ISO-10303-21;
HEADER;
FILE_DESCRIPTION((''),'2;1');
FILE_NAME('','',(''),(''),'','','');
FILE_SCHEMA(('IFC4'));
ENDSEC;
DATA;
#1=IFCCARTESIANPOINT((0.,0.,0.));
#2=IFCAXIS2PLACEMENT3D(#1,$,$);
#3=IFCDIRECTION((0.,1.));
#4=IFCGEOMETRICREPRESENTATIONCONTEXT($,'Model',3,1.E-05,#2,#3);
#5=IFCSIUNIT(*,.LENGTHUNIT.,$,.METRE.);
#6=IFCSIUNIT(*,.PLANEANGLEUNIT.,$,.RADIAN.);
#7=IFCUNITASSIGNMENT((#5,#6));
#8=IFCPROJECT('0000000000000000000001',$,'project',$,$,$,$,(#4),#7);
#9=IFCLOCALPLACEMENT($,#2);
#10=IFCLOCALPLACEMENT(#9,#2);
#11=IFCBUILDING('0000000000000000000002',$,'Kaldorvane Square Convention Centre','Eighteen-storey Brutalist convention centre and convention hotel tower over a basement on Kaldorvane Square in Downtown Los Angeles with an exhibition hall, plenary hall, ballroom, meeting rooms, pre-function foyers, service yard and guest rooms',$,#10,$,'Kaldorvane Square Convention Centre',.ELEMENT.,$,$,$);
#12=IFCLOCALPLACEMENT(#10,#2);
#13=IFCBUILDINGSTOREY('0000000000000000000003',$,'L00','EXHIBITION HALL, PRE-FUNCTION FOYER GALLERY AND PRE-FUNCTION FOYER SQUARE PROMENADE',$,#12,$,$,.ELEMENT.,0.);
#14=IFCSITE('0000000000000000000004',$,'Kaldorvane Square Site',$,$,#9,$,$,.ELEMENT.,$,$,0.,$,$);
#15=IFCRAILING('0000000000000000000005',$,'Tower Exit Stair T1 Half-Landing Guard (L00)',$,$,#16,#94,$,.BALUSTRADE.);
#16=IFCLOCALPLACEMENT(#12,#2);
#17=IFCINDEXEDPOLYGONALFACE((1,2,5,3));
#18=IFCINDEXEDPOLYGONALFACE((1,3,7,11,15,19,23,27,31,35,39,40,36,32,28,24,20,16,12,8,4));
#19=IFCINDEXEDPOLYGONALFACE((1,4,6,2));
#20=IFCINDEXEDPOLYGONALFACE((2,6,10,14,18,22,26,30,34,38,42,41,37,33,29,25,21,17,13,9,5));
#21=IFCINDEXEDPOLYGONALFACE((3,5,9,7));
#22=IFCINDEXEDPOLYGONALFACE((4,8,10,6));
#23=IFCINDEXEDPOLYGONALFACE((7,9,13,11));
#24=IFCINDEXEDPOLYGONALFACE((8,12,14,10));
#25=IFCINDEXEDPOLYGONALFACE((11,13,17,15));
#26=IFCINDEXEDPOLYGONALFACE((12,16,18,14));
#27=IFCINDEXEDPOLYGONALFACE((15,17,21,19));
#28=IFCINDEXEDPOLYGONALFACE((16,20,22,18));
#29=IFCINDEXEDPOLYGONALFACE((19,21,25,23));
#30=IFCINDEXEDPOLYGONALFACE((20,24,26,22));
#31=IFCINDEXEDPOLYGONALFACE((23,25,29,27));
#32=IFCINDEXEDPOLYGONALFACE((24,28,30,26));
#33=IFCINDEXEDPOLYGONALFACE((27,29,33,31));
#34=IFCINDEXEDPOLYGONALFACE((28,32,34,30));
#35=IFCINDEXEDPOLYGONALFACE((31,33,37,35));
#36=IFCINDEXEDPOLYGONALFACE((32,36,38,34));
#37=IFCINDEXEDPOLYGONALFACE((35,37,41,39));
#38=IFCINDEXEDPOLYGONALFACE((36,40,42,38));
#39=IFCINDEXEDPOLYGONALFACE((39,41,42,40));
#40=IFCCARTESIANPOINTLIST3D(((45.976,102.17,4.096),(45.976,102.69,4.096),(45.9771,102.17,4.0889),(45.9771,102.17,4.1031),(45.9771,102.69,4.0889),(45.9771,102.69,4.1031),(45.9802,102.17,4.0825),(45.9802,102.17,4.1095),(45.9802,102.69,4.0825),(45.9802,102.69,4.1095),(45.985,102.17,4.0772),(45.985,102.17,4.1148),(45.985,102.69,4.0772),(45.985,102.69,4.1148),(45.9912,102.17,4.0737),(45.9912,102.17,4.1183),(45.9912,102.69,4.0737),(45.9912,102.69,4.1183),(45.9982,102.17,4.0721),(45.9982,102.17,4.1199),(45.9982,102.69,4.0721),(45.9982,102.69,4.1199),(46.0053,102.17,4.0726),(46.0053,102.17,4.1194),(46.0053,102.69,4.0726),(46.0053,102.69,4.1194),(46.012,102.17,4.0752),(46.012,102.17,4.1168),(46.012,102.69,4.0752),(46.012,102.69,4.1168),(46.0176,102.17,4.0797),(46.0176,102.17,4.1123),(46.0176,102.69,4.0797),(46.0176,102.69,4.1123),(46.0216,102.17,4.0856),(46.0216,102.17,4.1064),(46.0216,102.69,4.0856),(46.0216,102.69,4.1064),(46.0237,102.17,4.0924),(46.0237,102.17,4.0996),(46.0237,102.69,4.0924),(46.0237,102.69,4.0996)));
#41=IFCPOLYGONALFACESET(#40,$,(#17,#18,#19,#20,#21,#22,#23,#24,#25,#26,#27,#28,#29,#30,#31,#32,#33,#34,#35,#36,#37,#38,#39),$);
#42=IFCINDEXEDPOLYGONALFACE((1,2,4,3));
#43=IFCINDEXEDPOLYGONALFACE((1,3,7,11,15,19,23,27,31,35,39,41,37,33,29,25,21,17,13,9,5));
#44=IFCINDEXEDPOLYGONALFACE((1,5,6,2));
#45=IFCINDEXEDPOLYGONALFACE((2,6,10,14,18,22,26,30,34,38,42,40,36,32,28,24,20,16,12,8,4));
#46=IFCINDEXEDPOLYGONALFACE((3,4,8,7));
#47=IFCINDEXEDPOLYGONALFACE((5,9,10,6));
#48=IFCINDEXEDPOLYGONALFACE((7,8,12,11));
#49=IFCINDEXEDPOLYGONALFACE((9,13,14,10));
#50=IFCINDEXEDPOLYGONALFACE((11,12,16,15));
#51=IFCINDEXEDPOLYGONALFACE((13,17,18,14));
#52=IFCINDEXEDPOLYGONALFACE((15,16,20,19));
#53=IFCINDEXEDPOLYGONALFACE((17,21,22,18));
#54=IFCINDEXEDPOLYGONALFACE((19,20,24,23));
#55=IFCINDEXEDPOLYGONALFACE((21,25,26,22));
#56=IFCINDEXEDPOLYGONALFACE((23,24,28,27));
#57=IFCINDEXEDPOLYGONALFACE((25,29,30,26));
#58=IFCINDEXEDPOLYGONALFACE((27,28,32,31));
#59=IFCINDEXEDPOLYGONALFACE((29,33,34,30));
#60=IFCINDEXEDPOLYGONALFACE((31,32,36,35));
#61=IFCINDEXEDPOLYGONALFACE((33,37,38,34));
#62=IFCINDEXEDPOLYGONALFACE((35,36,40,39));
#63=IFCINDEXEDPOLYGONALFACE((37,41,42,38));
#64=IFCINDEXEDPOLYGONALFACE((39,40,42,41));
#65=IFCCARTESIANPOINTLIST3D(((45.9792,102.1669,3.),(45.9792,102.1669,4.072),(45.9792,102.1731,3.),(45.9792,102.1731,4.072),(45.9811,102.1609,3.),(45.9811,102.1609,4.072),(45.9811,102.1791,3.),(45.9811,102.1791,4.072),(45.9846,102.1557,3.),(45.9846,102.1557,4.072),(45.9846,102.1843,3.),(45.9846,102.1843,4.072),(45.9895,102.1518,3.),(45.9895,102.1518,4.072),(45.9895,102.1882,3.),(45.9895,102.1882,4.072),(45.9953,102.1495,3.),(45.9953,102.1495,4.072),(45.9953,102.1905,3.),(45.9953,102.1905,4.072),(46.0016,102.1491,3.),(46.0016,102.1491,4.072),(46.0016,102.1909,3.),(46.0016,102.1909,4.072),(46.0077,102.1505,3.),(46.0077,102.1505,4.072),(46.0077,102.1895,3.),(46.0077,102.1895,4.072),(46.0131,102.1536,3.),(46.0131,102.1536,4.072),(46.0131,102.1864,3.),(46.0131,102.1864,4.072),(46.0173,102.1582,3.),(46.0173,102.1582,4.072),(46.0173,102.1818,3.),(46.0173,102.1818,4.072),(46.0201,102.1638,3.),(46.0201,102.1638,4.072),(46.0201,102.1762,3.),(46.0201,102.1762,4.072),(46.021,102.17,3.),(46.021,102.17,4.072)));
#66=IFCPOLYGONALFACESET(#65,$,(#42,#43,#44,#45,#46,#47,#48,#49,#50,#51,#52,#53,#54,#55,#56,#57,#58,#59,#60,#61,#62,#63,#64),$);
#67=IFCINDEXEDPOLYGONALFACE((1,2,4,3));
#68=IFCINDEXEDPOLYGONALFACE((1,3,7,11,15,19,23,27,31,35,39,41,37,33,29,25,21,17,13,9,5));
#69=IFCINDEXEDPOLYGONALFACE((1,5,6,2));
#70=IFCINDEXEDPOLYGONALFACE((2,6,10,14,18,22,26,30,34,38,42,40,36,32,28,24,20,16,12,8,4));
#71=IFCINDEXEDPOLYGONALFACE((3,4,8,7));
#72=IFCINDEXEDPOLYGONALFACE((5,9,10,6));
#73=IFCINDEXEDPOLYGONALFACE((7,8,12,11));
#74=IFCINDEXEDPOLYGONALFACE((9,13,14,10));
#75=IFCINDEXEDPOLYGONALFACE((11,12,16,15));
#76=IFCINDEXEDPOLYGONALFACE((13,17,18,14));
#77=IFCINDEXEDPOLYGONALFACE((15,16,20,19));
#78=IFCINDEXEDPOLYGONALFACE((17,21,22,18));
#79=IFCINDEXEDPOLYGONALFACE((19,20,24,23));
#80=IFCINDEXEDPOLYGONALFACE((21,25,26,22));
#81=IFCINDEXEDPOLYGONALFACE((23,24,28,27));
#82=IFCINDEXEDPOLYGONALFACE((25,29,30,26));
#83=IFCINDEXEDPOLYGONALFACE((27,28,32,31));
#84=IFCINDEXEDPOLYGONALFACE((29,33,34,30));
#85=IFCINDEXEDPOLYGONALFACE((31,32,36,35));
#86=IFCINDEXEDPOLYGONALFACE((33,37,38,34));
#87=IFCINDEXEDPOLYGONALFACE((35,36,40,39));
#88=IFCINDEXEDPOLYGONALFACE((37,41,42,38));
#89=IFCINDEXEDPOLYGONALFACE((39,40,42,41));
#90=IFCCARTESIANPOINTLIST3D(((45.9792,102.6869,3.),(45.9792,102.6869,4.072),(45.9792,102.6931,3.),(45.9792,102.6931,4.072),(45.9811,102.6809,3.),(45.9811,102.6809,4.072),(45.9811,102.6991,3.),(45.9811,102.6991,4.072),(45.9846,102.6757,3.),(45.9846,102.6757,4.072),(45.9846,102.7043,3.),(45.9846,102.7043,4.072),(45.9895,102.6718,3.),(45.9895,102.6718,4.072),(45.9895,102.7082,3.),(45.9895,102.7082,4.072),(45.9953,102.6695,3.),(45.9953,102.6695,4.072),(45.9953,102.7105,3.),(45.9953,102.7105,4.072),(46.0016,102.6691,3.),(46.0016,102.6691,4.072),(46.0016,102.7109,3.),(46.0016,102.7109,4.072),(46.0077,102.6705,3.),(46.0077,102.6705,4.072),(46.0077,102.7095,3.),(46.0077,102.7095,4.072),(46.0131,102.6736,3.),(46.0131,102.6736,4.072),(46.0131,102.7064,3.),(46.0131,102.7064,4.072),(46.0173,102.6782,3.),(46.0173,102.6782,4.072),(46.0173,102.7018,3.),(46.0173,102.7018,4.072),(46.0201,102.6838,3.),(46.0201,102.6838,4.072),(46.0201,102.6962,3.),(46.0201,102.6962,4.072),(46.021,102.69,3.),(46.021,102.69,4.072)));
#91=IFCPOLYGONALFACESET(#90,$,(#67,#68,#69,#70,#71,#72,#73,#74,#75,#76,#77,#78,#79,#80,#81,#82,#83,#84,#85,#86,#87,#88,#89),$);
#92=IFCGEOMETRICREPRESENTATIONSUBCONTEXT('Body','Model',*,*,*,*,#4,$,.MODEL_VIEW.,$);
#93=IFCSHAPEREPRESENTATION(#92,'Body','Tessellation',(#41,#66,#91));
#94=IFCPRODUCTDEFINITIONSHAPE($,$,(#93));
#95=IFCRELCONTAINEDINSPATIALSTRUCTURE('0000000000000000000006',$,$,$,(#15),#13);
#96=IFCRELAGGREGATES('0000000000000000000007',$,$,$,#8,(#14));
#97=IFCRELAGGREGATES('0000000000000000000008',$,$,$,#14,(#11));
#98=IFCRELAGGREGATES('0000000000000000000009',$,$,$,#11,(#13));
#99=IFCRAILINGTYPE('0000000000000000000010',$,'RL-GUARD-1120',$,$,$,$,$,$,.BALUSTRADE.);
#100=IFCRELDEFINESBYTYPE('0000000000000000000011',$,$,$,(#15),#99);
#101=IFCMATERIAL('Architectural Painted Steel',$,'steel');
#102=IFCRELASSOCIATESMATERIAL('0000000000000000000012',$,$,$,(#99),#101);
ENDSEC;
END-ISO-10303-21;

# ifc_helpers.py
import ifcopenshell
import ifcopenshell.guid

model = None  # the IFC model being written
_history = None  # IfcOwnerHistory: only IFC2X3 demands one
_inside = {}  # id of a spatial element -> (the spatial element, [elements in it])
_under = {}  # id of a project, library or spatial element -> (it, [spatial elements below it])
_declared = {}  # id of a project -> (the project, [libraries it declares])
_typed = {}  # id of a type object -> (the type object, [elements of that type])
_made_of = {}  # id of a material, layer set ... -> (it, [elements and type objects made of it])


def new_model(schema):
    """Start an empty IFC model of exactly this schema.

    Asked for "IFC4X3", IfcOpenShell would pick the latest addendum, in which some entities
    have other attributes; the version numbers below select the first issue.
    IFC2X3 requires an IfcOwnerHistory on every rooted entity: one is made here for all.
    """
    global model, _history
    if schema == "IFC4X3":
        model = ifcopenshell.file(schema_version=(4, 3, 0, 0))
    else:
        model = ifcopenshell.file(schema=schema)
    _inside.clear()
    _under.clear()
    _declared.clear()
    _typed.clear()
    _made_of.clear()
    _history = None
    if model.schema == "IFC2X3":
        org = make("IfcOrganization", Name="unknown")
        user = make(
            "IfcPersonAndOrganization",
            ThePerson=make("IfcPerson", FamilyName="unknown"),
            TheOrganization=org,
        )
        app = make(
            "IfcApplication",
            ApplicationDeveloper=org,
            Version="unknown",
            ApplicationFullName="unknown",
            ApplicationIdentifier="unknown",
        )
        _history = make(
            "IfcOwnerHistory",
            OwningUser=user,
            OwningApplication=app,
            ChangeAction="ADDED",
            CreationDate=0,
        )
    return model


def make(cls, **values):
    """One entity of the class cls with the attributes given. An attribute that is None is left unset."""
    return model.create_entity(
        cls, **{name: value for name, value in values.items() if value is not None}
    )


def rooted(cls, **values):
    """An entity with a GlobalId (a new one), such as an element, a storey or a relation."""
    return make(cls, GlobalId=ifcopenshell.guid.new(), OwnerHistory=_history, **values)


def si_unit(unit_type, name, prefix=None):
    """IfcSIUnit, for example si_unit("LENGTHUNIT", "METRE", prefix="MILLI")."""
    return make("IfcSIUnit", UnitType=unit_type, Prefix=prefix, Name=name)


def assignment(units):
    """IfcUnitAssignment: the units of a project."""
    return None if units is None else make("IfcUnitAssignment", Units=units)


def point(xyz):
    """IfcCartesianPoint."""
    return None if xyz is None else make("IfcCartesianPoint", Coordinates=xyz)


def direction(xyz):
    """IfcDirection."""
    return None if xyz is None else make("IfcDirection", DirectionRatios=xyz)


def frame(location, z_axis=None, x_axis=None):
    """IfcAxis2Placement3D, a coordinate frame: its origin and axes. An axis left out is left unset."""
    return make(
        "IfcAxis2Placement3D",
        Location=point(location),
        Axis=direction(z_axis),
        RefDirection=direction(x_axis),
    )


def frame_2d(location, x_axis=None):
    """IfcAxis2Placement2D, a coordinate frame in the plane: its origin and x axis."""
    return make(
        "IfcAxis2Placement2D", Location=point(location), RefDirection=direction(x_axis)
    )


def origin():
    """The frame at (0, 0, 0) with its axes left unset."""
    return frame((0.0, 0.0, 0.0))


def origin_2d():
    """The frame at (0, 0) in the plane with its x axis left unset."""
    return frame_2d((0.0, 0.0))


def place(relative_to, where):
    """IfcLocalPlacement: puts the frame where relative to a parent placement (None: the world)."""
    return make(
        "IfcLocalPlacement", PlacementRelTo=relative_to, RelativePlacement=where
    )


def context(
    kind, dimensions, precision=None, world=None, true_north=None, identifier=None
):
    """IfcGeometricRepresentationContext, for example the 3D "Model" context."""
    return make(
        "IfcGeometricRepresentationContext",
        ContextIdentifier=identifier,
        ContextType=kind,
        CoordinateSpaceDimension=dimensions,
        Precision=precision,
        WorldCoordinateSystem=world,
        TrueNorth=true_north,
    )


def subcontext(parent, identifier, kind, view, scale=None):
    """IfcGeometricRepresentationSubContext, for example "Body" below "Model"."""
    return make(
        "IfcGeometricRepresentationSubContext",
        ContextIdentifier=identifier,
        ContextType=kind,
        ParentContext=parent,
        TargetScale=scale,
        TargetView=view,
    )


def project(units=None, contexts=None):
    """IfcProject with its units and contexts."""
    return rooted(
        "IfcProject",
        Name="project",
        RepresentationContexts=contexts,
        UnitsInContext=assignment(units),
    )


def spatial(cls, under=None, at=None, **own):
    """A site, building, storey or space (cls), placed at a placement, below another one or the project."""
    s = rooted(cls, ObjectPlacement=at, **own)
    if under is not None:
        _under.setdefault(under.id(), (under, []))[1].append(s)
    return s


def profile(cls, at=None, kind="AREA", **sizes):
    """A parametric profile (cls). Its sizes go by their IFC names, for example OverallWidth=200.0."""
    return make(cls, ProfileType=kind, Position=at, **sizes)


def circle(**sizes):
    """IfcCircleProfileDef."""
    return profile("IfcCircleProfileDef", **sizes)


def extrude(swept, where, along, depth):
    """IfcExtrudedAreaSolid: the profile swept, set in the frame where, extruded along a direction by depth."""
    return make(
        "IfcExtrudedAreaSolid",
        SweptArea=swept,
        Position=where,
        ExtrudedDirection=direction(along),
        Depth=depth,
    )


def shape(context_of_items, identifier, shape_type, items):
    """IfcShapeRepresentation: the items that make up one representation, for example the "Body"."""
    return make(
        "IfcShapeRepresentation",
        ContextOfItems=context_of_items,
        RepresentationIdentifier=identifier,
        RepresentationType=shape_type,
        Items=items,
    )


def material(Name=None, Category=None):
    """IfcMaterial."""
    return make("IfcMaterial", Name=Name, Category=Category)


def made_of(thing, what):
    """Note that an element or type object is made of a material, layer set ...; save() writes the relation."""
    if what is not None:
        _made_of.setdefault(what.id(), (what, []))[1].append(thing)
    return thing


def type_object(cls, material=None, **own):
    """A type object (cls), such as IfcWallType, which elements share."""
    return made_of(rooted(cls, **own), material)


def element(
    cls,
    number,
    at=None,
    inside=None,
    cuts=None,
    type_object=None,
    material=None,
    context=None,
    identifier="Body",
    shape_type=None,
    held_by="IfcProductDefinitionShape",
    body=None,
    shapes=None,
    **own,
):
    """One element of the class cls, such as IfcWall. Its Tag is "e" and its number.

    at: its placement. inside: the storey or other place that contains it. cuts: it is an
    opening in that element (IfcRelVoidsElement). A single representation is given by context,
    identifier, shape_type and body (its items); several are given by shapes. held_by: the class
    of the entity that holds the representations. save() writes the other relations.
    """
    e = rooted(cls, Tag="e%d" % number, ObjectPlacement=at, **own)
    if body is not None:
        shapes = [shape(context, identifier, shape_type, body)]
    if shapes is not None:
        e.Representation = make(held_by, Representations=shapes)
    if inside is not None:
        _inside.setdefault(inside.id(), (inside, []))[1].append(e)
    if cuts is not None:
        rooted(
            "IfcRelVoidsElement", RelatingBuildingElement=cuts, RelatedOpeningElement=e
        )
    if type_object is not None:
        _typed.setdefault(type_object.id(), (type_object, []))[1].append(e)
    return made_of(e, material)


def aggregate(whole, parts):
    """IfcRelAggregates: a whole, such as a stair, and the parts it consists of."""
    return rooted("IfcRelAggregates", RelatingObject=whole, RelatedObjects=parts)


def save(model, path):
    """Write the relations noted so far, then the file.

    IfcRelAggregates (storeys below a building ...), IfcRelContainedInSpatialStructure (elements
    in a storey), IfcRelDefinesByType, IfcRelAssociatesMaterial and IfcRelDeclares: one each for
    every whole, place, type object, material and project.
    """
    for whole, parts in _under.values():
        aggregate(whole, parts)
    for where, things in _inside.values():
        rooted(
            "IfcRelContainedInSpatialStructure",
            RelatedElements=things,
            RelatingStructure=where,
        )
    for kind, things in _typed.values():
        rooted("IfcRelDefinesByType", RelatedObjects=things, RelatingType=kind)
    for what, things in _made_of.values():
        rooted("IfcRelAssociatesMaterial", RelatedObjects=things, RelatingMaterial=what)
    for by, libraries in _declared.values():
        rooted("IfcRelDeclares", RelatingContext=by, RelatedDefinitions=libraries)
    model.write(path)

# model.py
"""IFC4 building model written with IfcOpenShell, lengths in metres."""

from ifc_helpers import new_model, si_unit, direction, frame, origin, origin_2d, place, context, subcontext, project, spatial, circle, extrude, material, type_object, element, save


model = new_model("IFC4")

# Units and contexts
model_context = context("Model", 3, precision=1e-05, world=origin(), true_north=direction((0.0, 1.0)))
body_context = subcontext(model_context, "Body", "Model", "MODEL_VIEW")
ifc_project = project(units=[si_unit("LENGTHUNIT", "METRE"), si_unit("PLANEANGLEUNIT", "RADIAN")], contexts=[model_context])

# Site, building, storey
site_placement = place(None, origin())
site = spatial("IfcSite", under=ifc_project, at=site_placement, Name="Kaldorvane Square Site", CompositionType="ELEMENT", RefElevation=0.0)
building_placement = place(site_placement, origin())
building = spatial("IfcBuilding", under=site, at=building_placement, Name="Kaldorvane Square Convention Centre", Description="Eighteen-storey Brutalist convention centre and convention hotel tower over a basement on Kaldorvane Square in Downtown Los Angeles with an exhibition hall, plenary hall, ballroom, meeting rooms, pre-function foyers, service yard and guest rooms", LongName="Kaldorvane Square Convention Centre", CompositionType="ELEMENT")
storey_placement = place(building_placement, origin())
storey = spatial("IfcBuildingStorey", under=building, at=storey_placement, Name="L00", Description="EXHIBITION HALL, PRE-FUNCTION FOYER GALLERY AND PRE-FUNCTION FOYER SQUARE PROMENADE", CompositionType="ELEMENT", Elevation=0.0)

# Railing
ifc_material_1 = material(Name="Architectural Painted Steel", Category="steel")
railing_type_1 = type_object("IfcRailingType", Name="RL-GUARD-1120", PredefinedType="BALUSTRADE", material=ifc_material_1)
railing_1_placement = place(storey_placement, frame((46.0, 102.17, 3.0)))
element("IfcRailing", 1, at=railing_1_placement, inside=storey, type_object=railing_type_1, Name="Tower Exit Stair T1 Half-Landing Guard (L00)", PredefinedType="BALUSTRADE", context=body_context, shape_type="SweptSolid", body=[
    extrude(circle(Radius=0.024, at=origin_2d()), frame((0.0, 0.0, 1.096), z_axis=(0.0, 1.0, 0.0), x_axis=(-1.0, 0.0, 0.0)), (0.0, 0.0, 1.0), 0.52),
    extrude(circle(Radius=0.021, at=origin_2d()), origin(), (0.0, 0.0, 1.0), 1.072),
    extrude(circle(Radius=0.021, at=origin_2d()), frame((0.0, 0.52, 0.0)), (0.0, 0.0, 1.0), 1.072),
])

save(model, "model.ifc")
